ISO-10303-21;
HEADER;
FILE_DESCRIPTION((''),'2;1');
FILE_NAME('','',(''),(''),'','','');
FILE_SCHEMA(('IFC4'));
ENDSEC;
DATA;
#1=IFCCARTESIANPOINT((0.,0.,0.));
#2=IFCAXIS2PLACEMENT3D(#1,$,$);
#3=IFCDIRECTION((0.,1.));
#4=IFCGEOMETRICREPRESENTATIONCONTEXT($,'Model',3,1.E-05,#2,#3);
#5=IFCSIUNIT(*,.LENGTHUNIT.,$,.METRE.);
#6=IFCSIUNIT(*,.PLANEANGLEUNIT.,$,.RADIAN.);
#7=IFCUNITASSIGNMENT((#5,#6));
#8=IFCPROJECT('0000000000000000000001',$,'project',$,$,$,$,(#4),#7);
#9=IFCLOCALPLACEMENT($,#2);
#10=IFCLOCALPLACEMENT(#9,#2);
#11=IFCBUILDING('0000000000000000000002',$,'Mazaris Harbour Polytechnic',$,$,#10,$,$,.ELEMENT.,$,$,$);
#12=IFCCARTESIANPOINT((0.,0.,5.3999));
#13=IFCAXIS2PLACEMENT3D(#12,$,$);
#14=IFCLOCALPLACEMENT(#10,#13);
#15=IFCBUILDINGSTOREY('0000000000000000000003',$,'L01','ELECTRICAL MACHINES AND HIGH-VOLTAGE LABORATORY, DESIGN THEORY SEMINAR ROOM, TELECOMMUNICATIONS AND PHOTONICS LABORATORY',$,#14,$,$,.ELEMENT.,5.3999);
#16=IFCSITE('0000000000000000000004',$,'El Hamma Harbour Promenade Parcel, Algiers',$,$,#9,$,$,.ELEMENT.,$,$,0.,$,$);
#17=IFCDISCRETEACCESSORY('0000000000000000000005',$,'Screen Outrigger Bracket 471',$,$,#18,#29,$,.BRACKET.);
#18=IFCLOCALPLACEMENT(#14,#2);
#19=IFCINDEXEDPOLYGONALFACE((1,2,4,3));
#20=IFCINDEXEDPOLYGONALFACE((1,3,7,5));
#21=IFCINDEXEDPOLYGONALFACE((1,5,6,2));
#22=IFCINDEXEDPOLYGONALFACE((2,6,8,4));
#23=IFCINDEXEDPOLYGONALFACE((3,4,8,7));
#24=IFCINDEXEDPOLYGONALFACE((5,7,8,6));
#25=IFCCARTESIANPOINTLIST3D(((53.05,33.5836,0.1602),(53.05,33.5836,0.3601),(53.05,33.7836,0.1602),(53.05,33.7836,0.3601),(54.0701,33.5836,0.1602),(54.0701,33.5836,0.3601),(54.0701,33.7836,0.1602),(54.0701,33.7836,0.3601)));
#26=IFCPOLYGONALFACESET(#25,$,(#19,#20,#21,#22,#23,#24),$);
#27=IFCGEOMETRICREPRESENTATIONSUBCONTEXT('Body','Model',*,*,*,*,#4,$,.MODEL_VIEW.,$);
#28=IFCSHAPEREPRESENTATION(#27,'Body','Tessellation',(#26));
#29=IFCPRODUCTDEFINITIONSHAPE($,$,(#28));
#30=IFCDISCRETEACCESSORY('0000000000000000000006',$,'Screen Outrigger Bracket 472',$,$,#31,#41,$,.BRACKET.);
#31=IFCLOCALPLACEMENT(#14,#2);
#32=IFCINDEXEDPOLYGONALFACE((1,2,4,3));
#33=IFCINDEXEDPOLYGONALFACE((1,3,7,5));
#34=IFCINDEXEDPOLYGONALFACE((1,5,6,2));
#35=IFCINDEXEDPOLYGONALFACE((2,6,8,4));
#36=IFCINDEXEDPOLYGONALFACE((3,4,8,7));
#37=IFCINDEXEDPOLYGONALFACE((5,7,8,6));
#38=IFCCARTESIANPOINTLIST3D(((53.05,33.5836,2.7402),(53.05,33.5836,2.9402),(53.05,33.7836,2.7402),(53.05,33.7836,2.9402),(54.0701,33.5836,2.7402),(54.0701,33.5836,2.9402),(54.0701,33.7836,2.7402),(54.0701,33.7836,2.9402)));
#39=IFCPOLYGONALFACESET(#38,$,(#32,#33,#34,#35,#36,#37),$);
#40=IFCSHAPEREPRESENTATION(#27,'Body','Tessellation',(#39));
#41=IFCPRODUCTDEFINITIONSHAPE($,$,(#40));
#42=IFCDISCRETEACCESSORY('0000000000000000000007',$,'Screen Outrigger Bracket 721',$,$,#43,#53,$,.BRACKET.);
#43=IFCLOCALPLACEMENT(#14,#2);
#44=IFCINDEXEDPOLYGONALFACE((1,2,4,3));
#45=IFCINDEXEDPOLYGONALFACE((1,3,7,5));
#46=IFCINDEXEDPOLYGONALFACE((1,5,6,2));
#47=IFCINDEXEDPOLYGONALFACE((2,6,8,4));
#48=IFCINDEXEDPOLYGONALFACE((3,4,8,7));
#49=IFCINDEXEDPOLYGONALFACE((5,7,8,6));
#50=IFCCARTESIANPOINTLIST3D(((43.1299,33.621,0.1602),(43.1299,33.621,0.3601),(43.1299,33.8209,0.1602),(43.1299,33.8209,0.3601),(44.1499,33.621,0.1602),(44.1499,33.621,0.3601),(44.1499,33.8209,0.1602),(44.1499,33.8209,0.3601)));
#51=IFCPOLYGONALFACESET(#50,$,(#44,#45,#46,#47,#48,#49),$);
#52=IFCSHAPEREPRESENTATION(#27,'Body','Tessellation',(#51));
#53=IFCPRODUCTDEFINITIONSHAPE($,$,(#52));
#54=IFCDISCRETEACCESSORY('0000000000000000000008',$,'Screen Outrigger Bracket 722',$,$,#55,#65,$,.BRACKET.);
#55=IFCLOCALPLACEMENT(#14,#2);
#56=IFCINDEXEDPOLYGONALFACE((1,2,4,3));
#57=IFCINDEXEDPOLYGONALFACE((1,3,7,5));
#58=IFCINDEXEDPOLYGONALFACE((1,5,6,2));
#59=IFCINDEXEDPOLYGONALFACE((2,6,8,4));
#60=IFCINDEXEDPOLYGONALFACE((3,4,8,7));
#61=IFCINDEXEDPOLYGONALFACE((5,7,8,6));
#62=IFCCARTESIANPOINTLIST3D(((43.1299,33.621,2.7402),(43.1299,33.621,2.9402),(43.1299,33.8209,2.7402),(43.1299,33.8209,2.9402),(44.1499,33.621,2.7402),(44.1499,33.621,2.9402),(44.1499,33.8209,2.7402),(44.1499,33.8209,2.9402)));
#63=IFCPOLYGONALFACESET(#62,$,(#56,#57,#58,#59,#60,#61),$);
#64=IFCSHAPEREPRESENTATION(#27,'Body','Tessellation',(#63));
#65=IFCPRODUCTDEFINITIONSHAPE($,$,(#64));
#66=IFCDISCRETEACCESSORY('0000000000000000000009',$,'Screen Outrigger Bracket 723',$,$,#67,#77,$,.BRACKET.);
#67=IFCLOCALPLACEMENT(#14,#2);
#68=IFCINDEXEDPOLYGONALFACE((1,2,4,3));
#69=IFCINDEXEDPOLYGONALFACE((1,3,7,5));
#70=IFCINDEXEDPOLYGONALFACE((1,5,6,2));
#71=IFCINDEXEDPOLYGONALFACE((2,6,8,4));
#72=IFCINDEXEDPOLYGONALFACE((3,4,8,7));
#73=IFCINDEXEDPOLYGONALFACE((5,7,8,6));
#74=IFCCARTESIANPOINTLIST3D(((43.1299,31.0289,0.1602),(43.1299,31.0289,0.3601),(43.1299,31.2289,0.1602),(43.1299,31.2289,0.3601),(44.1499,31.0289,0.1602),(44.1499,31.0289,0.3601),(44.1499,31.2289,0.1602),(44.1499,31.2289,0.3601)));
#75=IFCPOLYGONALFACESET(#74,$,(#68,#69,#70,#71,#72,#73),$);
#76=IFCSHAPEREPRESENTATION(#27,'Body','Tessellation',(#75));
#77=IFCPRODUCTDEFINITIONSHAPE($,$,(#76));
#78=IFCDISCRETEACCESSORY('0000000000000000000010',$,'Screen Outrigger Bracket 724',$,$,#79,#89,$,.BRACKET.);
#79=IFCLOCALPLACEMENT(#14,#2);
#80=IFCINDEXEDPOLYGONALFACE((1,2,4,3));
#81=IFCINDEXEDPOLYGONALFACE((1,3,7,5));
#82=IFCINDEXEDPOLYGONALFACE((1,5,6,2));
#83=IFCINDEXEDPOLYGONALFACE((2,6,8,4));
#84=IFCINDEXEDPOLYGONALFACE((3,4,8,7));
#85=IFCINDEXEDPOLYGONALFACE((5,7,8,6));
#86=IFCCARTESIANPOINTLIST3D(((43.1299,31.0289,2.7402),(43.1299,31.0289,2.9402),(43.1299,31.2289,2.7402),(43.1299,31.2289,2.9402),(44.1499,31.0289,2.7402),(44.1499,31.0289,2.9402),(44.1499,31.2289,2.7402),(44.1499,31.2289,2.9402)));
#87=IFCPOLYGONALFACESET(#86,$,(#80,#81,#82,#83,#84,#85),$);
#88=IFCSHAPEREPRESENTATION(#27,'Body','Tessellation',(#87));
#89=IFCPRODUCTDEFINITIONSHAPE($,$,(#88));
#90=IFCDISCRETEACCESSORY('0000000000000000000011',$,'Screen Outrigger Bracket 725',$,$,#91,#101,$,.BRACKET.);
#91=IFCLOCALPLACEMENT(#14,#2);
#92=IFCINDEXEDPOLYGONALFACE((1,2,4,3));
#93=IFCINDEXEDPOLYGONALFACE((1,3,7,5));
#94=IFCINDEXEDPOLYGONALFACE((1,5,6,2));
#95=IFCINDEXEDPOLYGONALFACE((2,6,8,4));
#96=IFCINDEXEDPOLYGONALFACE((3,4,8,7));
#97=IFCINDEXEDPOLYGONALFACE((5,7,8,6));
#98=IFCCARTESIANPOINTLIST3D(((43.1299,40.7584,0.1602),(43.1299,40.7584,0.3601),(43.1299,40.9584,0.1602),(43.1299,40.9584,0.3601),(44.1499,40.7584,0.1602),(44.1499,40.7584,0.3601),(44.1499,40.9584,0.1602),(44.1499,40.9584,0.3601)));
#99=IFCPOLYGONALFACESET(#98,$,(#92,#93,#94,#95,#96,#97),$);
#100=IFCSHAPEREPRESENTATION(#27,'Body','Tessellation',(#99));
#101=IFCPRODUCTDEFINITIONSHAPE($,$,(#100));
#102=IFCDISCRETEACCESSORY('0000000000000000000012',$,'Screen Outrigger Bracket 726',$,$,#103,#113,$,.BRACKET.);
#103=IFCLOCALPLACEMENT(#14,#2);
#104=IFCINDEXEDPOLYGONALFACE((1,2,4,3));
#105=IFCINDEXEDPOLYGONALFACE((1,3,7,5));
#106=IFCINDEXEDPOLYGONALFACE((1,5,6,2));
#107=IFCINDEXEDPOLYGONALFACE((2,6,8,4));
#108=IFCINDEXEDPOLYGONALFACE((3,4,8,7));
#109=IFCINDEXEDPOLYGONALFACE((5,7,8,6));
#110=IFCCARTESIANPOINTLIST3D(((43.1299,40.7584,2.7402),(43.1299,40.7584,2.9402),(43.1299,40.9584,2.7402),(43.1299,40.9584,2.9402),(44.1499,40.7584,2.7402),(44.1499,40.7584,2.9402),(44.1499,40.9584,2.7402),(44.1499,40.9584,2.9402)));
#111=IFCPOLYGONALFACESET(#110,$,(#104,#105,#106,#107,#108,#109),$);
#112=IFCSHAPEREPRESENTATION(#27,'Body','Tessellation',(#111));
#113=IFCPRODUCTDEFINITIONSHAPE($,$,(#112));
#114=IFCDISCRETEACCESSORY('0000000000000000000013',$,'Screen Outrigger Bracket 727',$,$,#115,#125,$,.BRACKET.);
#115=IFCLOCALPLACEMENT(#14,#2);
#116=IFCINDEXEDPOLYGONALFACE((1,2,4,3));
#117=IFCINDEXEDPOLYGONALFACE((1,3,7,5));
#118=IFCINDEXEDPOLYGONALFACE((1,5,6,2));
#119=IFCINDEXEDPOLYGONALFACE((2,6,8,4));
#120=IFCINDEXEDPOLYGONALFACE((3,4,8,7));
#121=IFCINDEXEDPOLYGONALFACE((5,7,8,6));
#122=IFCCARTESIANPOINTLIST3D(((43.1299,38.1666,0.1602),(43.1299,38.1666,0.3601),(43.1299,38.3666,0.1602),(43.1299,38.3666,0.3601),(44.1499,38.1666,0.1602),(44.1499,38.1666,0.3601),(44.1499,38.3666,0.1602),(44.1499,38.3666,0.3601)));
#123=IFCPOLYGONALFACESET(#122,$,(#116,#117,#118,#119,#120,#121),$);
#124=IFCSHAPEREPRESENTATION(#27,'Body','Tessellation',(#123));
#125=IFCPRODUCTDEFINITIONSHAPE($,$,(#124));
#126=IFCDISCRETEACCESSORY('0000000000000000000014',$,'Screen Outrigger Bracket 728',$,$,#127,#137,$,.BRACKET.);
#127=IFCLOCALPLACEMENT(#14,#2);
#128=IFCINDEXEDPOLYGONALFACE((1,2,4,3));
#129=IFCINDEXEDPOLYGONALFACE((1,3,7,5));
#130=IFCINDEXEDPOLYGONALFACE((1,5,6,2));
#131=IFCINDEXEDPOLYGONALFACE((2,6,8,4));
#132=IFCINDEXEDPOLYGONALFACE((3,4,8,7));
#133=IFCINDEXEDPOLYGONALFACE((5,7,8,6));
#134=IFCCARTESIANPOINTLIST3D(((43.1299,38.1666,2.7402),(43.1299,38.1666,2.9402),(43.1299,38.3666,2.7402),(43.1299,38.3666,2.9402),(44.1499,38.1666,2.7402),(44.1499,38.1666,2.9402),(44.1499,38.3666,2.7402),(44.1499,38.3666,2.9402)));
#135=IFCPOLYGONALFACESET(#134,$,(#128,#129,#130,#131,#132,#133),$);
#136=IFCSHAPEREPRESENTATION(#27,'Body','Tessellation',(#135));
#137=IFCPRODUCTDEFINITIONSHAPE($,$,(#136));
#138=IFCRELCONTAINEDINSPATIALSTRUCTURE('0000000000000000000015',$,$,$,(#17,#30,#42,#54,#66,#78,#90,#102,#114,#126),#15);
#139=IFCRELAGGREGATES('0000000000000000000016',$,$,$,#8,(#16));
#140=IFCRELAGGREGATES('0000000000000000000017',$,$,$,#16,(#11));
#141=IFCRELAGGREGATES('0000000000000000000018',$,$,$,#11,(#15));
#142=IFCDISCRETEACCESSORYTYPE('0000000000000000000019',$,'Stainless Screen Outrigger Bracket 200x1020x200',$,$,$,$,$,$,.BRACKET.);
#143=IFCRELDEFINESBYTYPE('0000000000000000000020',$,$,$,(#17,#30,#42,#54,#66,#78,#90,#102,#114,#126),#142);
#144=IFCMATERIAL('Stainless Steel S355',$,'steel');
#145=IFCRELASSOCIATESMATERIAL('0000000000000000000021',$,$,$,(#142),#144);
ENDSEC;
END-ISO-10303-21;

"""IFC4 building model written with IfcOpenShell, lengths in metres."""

from ifc_helpers import new_model, si_unit, direction, frame, origin, origin_2d, place, context, subcontext, project, spatial, rectangle, extrude, material, type_object, element, save


model = new_model("IFC4")

# Units and contexts
model_context = context("Model", 3, precision=1e-05, world=origin(), true_north=direction((0.0, 1.0)))
body_context = subcontext(model_context, "Body", "Model", "MODEL_VIEW")
ifc_project = project(units=[si_unit("LENGTHUNIT", "METRE"), si_unit("PLANEANGLEUNIT", "RADIAN")], contexts=[model_context])

# Site, building, storey
site_placement = place(None, origin())
site = spatial("IfcSite", under=ifc_project, at=site_placement, Name="El Hamma Harbour Promenade Parcel, Algiers", CompositionType="ELEMENT", RefElevation=0.0)
building_placement = place(site_placement, origin())
building = spatial("IfcBuilding", under=site, at=building_placement, Name="Mazaris Harbour Polytechnic", CompositionType="ELEMENT")
storey_placement = place(building_placement, frame((0.0, 0.0, 5.3999)))
storey = spatial("IfcBuildingStorey", under=building, at=storey_placement, Name="L01", Description="ELECTRICAL MACHINES AND HIGH-VOLTAGE LABORATORY, DESIGN THEORY SEMINAR ROOM, TELECOMMUNICATIONS AND PHOTONICS LABORATORY", CompositionType="ELEMENT", Elevation=5.3999)

# Discrete accessories
ifc_material_1 = material(Name="Stainless Steel S355", Category="steel")
discrete_accessory_type = type_object("IfcDiscreteAccessoryType", Name="Stainless Screen Outrigger Bracket 200x1020x200", PredefinedType="BRACKET", material=ifc_material_1)
for number, where, z_axis, x_axis, name in (
    (1, (53.5601, 33.6836, 0.1602), (0.0, 0.0, 1.0), (0.0, 1.0, 0.0), "Screen Outrigger Bracket 471"),
    (2, (53.5601, 33.6836, 2.7402), (0.0, 0.0, 1.0), (0.0, 1.0, 0.0), "Screen Outrigger Bracket 472"),
    (3, (43.6399, 33.7209, 0.1602), (0.0, 0.0, 1.0), (0.0, -1.0, 0.0), "Screen Outrigger Bracket 721"),
    (4, (43.6399, 33.7209, 2.7402), (0.0, 0.0, 1.0), (0.0, -1.0, 0.0), "Screen Outrigger Bracket 722"),
    (5, (43.6399, 31.1289, 0.1602), (0.0, 0.0, 1.0), (0.0, -1.0, 0.0), "Screen Outrigger Bracket 723"),
    (6, (43.6399, 31.1289, 2.7402), (0.0, 0.0, 1.0), (0.0, -1.0, 0.0), "Screen Outrigger Bracket 724"),
    (7, (43.6399, 40.8584, 0.1602), (0.0, 0.0, 1.0), (0.0, -1.0, 0.0), "Screen Outrigger Bracket 725"),
    (8, (43.6399, 40.8584, 2.7402), (0.0, 0.0, 1.0), (0.0, -1.0, 0.0), "Screen Outrigger Bracket 726"),
    (9, (43.6399, 38.2666, 0.1602), (0.0, 0.0, 1.0), (0.0, -1.0, 0.0), "Screen Outrigger Bracket 727"),
    (10, (43.6399, 38.2666, 2.7402), (0.0, 0.0, 1.0), (0.0, -1.0, 0.0), "Screen Outrigger Bracket 728"),
):
    element("IfcDiscreteAccessory", number, at=place(storey_placement, frame(where, z_axis=z_axis, x_axis=x_axis)), inside=storey, type_object=discrete_accessory_type, Name=name, PredefinedType="BRACKET", context=body_context, shape_type="SweptSolid", body=[
        extrude(rectangle(XDim=0.2, YDim=1.02, at=origin_2d()), origin(), (0.0, 0.0, 1.0), 0.2),
    ])

save(model, "model.ifc")
